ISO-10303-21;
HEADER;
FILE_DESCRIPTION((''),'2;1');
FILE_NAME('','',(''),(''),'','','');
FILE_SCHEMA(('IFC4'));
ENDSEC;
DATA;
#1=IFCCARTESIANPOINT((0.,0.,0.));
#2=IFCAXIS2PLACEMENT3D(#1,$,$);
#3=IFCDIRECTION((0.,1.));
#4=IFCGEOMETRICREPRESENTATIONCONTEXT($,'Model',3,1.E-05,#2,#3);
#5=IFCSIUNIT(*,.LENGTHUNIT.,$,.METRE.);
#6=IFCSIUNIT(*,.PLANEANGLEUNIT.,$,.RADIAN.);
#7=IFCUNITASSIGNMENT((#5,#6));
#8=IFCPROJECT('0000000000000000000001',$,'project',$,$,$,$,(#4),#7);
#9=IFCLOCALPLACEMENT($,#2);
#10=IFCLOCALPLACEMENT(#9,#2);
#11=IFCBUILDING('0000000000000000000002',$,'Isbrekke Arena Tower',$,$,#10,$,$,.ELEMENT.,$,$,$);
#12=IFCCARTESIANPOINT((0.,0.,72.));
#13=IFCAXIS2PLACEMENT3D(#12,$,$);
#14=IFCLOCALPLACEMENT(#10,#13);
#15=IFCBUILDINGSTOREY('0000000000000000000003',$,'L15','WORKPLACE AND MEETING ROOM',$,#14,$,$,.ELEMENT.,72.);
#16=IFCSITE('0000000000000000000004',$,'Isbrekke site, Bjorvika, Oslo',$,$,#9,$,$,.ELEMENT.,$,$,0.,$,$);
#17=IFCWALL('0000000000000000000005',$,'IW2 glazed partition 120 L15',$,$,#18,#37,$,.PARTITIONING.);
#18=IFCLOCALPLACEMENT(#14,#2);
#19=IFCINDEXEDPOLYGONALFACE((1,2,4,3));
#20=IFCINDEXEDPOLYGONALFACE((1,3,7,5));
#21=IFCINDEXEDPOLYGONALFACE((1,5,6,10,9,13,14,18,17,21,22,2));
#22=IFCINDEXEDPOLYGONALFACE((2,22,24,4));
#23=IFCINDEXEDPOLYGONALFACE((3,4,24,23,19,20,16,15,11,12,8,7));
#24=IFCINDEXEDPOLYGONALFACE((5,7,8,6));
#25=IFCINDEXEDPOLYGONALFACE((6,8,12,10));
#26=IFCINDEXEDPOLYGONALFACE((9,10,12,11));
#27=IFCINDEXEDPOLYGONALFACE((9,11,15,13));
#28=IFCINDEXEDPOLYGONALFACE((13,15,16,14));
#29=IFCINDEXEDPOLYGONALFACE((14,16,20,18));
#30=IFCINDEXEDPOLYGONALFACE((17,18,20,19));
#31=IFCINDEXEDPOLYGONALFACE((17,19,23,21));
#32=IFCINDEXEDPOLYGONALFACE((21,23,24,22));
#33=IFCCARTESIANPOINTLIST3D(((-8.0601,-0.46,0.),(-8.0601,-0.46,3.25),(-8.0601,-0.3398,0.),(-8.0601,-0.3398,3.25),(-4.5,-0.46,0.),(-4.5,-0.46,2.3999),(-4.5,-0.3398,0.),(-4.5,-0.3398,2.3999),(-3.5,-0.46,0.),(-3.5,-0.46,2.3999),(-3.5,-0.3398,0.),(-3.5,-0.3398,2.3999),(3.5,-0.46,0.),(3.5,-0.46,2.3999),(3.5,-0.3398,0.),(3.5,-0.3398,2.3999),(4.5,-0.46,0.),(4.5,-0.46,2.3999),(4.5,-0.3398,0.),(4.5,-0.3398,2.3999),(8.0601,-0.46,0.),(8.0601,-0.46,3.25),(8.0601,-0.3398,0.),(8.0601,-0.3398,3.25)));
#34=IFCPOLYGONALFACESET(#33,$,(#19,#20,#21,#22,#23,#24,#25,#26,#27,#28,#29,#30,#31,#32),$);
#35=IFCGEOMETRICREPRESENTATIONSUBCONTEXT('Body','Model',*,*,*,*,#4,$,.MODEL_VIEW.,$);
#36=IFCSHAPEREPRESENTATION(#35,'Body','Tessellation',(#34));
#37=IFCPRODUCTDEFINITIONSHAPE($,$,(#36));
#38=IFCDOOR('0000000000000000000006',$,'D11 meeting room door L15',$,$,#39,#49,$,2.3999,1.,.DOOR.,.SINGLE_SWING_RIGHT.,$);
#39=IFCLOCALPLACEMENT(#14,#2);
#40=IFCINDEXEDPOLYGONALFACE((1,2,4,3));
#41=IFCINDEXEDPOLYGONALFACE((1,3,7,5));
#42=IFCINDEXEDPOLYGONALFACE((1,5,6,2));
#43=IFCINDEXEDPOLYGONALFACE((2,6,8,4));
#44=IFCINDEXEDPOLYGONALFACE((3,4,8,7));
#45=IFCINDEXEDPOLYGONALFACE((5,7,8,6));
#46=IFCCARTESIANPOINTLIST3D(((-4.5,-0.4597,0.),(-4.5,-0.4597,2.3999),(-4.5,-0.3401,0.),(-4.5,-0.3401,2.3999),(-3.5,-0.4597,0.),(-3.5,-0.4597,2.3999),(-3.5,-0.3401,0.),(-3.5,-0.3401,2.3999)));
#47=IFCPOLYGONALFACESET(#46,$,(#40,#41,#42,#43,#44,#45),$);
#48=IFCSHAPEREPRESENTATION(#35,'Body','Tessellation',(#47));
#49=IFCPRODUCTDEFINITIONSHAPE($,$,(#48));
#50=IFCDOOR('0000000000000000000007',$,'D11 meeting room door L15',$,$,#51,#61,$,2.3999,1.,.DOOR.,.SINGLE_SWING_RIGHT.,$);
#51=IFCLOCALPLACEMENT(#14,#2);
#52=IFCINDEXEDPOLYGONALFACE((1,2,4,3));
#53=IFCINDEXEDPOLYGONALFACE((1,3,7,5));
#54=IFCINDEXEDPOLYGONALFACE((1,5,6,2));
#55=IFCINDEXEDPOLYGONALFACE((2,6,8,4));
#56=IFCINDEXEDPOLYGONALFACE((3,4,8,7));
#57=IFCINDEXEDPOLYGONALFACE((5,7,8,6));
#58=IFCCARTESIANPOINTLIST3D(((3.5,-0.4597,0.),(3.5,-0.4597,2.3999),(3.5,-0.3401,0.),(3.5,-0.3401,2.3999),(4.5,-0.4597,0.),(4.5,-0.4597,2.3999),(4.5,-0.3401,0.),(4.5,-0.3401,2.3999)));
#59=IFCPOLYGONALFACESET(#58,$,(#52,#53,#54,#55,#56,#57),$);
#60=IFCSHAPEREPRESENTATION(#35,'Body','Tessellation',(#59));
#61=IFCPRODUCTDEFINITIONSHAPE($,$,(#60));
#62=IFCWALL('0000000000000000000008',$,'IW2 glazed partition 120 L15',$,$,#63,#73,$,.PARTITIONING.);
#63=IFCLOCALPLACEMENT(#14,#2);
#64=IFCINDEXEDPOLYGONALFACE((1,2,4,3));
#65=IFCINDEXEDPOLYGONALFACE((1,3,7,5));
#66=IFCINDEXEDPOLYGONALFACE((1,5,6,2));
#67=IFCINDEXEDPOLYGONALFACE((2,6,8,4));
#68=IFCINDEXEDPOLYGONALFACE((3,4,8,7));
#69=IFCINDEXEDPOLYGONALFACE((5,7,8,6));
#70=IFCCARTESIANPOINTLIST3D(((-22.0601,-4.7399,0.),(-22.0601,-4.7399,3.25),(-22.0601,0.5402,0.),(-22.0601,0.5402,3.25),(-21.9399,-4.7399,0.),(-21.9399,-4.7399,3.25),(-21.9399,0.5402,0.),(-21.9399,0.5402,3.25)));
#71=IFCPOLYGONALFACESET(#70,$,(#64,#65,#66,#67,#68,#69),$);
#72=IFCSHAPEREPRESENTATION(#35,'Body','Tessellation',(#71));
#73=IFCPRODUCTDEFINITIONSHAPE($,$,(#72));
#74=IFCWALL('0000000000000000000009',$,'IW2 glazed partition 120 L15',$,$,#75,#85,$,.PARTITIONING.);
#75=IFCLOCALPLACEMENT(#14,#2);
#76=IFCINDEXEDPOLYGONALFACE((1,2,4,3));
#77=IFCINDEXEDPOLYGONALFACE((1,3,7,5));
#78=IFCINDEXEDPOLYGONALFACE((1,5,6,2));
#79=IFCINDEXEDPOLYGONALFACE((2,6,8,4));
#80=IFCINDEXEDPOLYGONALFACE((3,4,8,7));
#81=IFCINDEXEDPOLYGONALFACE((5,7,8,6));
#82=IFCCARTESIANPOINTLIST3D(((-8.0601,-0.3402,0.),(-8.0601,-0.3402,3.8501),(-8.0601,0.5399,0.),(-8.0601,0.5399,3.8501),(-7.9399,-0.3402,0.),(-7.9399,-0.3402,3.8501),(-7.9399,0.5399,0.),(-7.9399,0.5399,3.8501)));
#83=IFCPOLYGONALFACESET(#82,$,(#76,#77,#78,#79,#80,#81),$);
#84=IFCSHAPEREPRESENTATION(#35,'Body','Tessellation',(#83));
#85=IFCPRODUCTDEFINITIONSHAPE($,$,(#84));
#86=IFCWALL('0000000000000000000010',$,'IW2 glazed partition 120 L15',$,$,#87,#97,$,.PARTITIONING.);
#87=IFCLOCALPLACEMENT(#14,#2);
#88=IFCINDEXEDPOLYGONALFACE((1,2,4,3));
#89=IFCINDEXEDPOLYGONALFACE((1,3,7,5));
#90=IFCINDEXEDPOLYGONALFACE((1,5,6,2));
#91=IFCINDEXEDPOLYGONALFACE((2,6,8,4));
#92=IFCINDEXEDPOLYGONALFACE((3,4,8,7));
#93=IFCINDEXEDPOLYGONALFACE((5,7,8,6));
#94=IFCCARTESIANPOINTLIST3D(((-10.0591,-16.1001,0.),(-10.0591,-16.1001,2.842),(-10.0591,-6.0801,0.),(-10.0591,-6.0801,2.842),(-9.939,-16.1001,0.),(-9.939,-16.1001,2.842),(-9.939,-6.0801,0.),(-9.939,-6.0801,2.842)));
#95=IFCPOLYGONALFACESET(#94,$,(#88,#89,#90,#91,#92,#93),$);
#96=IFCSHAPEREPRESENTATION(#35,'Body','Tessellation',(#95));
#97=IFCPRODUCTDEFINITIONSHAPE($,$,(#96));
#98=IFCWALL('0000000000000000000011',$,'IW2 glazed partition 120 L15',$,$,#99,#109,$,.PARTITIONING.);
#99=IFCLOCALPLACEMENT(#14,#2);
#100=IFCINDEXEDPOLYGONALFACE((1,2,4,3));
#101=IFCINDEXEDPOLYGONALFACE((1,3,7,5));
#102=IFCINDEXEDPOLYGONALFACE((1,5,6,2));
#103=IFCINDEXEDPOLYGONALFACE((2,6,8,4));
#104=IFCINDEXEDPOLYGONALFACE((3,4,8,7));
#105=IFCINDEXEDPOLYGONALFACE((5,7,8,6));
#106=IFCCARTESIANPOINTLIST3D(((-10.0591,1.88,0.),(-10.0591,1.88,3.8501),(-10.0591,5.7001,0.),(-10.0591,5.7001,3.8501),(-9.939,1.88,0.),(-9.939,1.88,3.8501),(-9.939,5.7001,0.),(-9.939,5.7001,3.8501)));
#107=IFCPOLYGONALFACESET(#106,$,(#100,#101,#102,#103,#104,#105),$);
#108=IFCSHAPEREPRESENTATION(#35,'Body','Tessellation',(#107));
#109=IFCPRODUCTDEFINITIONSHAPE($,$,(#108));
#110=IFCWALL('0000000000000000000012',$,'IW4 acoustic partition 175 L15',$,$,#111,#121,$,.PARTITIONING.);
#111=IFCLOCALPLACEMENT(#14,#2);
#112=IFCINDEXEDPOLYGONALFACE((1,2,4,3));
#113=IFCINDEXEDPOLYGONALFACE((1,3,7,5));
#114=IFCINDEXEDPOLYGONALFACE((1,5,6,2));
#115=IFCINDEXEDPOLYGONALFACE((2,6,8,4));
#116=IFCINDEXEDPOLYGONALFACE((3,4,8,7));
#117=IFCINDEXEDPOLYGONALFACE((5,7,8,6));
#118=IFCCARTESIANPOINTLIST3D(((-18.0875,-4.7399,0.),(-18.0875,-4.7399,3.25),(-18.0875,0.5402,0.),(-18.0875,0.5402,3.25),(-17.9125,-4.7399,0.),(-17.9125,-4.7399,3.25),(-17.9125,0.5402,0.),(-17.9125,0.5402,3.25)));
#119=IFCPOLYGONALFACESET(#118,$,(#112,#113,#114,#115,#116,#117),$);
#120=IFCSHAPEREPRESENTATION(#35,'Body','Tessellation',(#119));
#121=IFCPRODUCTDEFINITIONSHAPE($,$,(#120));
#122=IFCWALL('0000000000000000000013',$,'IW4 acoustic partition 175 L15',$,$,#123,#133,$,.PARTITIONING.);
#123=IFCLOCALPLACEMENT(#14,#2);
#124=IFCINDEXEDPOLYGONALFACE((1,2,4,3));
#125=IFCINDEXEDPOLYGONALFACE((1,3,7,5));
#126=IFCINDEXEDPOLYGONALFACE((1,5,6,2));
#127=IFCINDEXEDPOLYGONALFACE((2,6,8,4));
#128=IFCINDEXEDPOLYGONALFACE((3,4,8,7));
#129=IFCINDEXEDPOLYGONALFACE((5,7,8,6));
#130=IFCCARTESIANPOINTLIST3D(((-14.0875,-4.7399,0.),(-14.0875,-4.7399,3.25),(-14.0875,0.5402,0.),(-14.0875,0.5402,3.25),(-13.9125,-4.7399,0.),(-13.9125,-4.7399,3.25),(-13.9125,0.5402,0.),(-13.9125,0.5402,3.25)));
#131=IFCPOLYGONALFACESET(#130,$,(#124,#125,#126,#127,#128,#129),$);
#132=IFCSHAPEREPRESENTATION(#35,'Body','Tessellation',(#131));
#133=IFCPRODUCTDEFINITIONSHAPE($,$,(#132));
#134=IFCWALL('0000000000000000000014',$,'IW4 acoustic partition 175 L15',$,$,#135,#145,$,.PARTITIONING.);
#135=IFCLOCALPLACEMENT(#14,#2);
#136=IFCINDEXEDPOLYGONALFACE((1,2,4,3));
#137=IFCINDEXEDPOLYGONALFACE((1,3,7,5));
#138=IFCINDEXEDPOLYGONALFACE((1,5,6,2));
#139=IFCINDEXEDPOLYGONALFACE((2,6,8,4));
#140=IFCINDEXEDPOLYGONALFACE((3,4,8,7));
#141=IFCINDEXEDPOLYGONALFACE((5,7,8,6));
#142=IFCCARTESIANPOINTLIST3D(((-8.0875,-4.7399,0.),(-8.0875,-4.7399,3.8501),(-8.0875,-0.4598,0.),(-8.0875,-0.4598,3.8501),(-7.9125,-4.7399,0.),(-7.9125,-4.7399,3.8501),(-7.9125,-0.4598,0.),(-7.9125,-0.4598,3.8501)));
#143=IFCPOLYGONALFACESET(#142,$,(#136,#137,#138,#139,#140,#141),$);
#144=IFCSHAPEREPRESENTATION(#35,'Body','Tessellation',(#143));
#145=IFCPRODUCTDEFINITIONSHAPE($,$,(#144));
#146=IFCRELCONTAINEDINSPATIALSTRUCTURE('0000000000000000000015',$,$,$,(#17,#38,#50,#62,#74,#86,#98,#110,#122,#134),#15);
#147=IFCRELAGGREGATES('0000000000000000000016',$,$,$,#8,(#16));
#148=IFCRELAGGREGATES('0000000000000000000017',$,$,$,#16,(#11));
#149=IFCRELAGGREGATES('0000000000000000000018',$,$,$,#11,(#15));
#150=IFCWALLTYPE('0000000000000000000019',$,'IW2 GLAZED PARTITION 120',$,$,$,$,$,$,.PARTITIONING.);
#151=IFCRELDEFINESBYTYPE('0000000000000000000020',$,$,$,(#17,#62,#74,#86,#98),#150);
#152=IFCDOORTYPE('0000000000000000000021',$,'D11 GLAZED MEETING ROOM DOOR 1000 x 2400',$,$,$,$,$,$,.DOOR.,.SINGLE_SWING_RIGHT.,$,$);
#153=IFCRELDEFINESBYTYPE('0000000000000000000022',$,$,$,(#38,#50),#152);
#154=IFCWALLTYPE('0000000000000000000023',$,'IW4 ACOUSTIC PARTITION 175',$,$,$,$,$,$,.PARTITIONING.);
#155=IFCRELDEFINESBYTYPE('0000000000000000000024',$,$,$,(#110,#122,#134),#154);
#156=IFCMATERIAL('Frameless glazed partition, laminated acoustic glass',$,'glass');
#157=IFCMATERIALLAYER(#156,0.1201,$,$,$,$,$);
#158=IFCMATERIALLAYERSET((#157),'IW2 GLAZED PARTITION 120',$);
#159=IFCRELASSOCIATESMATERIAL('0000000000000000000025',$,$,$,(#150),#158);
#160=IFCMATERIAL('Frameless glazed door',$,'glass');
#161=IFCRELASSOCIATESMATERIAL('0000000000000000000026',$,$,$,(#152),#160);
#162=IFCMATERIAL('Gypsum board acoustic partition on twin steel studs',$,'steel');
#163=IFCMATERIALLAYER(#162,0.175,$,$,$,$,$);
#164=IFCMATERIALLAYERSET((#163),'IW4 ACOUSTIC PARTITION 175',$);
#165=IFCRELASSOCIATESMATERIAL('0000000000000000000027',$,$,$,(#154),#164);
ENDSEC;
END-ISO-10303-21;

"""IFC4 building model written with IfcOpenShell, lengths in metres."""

from ifc_helpers import new_model, si_unit, direction, frame, frame_2d, origin, place, context, subcontext, project, spatial, rectangle, extrude, material, layer, layer_set, type_object, element, fill, save


model = new_model("IFC4")

# Units and contexts
model_context = context("Model", 3, precision=1e-05, world=origin(), true_north=direction((0.0, 1.0)))
body_context = subcontext(model_context, "Body", "Model", "MODEL_VIEW")
ifc_project = project(units=[si_unit("LENGTHUNIT", "METRE"), si_unit("PLANEANGLEUNIT", "RADIAN")], contexts=[model_context])

# Site, building, storey
site_placement = place(None, origin())
site = spatial("IfcSite", under=ifc_project, at=site_placement, Name="Isbrekke site, Bjorvika, Oslo", CompositionType="ELEMENT", RefElevation=0.0)
building_placement = place(site_placement, origin())
building = spatial("IfcBuilding", under=site, at=building_placement, Name="Isbrekke Arena Tower", CompositionType="ELEMENT")
storey_placement = place(building_placement, frame((0.0, 0.0, 72.0)))
storey = spatial("IfcBuildingStorey", under=building, at=storey_placement, Name="L15", Description="WORKPLACE AND MEETING ROOM", CompositionType="ELEMENT", Elevation=72.0)

# Wall, openings, doors
ifc_material_1 = material(Name="Frameless glazed partition, laminated acoustic glass", Category="glass")
ifc_layer_1 = layer(ifc_material_1, 0.1201)
ifc_layer_set_1 = layer_set([ifc_layer_1], Name="IW2 GLAZED PARTITION 120")
wall_type_1 = type_object("IfcWallType", Name="IW2 GLAZED PARTITION 120", PredefinedType="PARTITIONING", material=ifc_layer_set_1)
wall_1_placement = place(storey_placement, frame((-8.0601, -0.3999, 0.0), z_axis=(0.0, 0.0, 1.0), x_axis=(1.0, 0.0, 0.0)))
wall_1 = element("IfcWall", 1, at=wall_1_placement, inside=storey, type_object=wall_type_1, Name="IW2 glazed partition 120 L15", PredefinedType="PARTITIONING", context=body_context, shape_type="SweptSolid", body=[
    extrude(rectangle(XDim=16.1201, YDim=0.1201, at=frame_2d((8.0601, 0.0))), origin(), (0.0, 0.0, 1.0), 3.25),
])
opening_1_placement = place(wall_1_placement, frame((3.5601, 0.0, 0.0)))
opening_1 = element("IfcOpeningElement", 2, at=opening_1_placement, cuts=wall_1, PredefinedType="OPENING", context=body_context, shape_type="SweptSolid", body=[
    extrude(rectangle(XDim=1.0, YDim=2.3999, at=frame_2d((0.5, 1.2))), frame((0.0, 0.075, 0.0), z_axis=(0.0, -1.0, 0.0), x_axis=(1.0, 0.0, 0.0)), (0.0, 0.0, 1.0), 0.1499),
])
opening_2_placement = place(wall_1_placement, frame((11.5601, 0.0, 0.0)))
opening_2 = element("IfcOpeningElement", 3, at=opening_2_placement, cuts=wall_1, PredefinedType="OPENING", context=body_context, shape_type="SweptSolid", body=[
    extrude(rectangle(XDim=1.0, YDim=2.3999, at=frame_2d((0.5, 1.2))), frame((0.0, 0.075, 0.0), z_axis=(0.0, -1.0, 0.0), x_axis=(1.0, 0.0, 0.0)), (0.0, 0.0, 1.0), 0.1499),
])
ifc_material_2 = material(Name="Frameless glazed door", Category="glass")
door_type_1 = type_object("IfcDoorType", Name="D11 GLAZED MEETING ROOM DOOR 1000 x 2400", OperationType="SINGLE_SWING_RIGHT", PredefinedType="DOOR", material=ifc_material_2)
door_1_placement = place(opening_1_placement, origin())
door_1 = element("IfcDoor", 4, at=door_1_placement, inside=storey, type_object=door_type_1, Name="D11 meeting room door L15", OperationType="SINGLE_SWING_RIGHT", OverallHeight=2.3999, OverallWidth=1.0, PredefinedType="DOOR", context=body_context, shape_type="SweptSolid", body=[
    extrude(rectangle(XDim=1.0, YDim=2.3999, at=frame_2d((0.5, 1.2))), frame((0.0, 0.0598, 0.0), z_axis=(0.0, -1.0, 0.0), x_axis=(1.0, 0.0, 0.0)), (0.0, 0.0, 1.0), 0.1196),
])
fill(opening_1, door_1)
door_2_placement = place(opening_2_placement, origin())
door_2 = element("IfcDoor", 5, at=door_2_placement, inside=storey, type_object=door_type_1, Name="D11 meeting room door L15", OperationType="SINGLE_SWING_RIGHT", OverallHeight=2.3999, OverallWidth=1.0, PredefinedType="DOOR", context=body_context, shape_type="SweptSolid", body=[
    extrude(rectangle(XDim=1.0, YDim=2.3999, at=frame_2d((0.5, 1.2))), frame((0.0, 0.0598, 0.0), z_axis=(0.0, -1.0, 0.0), x_axis=(1.0, 0.0, 0.0)), (0.0, 0.0, 1.0), 0.1196),
])
fill(opening_2, door_2)

# Walls
wall_2_placement = place(storey_placement, frame((-22.0, -4.74, 0.0), z_axis=(0.0, 0.0, 1.0), x_axis=(0.0, 1.0, 0.0)))
element("IfcWall", 6, at=wall_2_placement, inside=storey, type_object=wall_type_1, Name="IW2 glazed partition 120 L15", PredefinedType="PARTITIONING", context=body_context, shape_type="SweptSolid", body=[
    extrude(rectangle(XDim=5.28, YDim=0.1201, at=frame_2d((2.6401, 0.0))), origin(), (0.0, 0.0, 1.0), 3.25),
])
wall_3_placement = place(storey_placement, frame((-8.0, -0.3401, 0.0), z_axis=(0.0, 0.0, 1.0), x_axis=(0.0, 1.0, 0.0)))
element("IfcWall", 7, at=wall_3_placement, inside=storey, type_object=wall_type_1, Name="IW2 glazed partition 120 L15", PredefinedType="PARTITIONING", context=body_context, shape_type="SweptSolid", body=[
    extrude(rectangle(XDim=0.8801, YDim=0.1201, at=frame_2d((0.4399, 0.0))), origin(), (0.0, 0.0, 1.0), 3.8501),
])
wall_4_placement = place(storey_placement, frame((-9.999, -16.1001, 0.0), z_axis=(0.0, 0.0, 1.0), x_axis=(0.0, 1.0, 0.0)))
element("IfcWall", 8, at=wall_4_placement, inside=storey, type_object=wall_type_1, Name="IW2 glazed partition 120 L15", PredefinedType="PARTITIONING", context=body_context, shape_type="SweptSolid", body=[
    extrude(rectangle(XDim=10.02, YDim=0.1201, at=frame_2d((5.01, 0.0))), origin(), (0.0, 0.0, 1.0), 2.842),
])
wall_5_placement = place(storey_placement, frame((-9.999, 1.8799, 0.0), z_axis=(0.0, 0.0, 1.0), x_axis=(0.0, 1.0, 0.0)))
element("IfcWall", 9, at=wall_5_placement, inside=storey, type_object=wall_type_1, Name="IW2 glazed partition 120 L15", PredefinedType="PARTITIONING", context=body_context, shape_type="SweptSolid", body=[
    extrude(rectangle(XDim=3.8201, YDim=0.1201, at=frame_2d((1.9102, 0.0))), origin(), (0.0, 0.0, 1.0), 3.8501),
])
ifc_material_3 = material(Name="Gypsum board acoustic partition on twin steel studs", Category="steel")
ifc_layer_2 = layer(ifc_material_3, 0.175)
ifc_layer_set_2 = layer_set([ifc_layer_2], Name="IW4 ACOUSTIC PARTITION 175")
wall_type_2 = type_object("IfcWallType", Name="IW4 ACOUSTIC PARTITION 175", PredefinedType="PARTITIONING", material=ifc_layer_set_2)
for number, where, z_axis, x_axis, name in (
    (10, (-18.0, -4.74, 0.0), (0.0, 0.0, 1.0), (0.0, 1.0, 0.0), "IW4 acoustic partition 175 L15"),
    (11, (-14.0, -4.74, 0.0), (0.0, 0.0, 1.0), (0.0, 1.0, 0.0), "IW4 acoustic partition 175 L15"),
):
    element("IfcWall", number, at=place(storey_placement, frame(where, z_axis=z_axis, x_axis=x_axis)), inside=storey, type_object=wall_type_2, Name=name, PredefinedType="PARTITIONING", context=body_context, shape_type="SweptSolid", body=[
        extrude(rectangle(XDim=5.28, YDim=0.175, at=frame_2d((2.6401, 0.0))), origin(), (0.0, 0.0, 1.0), 3.25),
    ])
wall_6_placement = place(storey_placement, frame((-8.0, -4.74, 0.0), z_axis=(0.0, 0.0, 1.0), x_axis=(0.0, 1.0, 0.0)))
element("IfcWall", 12, at=wall_6_placement, inside=storey, type_object=wall_type_2, Name="IW4 acoustic partition 175 L15", PredefinedType="PARTITIONING", context=body_context, shape_type="SweptSolid", body=[
    extrude(rectangle(XDim=4.28, YDim=0.175, at=frame_2d((2.1401, 0.0))), origin(), (0.0, 0.0, 1.0), 3.8501),
])

save(model, "model.ifc")
